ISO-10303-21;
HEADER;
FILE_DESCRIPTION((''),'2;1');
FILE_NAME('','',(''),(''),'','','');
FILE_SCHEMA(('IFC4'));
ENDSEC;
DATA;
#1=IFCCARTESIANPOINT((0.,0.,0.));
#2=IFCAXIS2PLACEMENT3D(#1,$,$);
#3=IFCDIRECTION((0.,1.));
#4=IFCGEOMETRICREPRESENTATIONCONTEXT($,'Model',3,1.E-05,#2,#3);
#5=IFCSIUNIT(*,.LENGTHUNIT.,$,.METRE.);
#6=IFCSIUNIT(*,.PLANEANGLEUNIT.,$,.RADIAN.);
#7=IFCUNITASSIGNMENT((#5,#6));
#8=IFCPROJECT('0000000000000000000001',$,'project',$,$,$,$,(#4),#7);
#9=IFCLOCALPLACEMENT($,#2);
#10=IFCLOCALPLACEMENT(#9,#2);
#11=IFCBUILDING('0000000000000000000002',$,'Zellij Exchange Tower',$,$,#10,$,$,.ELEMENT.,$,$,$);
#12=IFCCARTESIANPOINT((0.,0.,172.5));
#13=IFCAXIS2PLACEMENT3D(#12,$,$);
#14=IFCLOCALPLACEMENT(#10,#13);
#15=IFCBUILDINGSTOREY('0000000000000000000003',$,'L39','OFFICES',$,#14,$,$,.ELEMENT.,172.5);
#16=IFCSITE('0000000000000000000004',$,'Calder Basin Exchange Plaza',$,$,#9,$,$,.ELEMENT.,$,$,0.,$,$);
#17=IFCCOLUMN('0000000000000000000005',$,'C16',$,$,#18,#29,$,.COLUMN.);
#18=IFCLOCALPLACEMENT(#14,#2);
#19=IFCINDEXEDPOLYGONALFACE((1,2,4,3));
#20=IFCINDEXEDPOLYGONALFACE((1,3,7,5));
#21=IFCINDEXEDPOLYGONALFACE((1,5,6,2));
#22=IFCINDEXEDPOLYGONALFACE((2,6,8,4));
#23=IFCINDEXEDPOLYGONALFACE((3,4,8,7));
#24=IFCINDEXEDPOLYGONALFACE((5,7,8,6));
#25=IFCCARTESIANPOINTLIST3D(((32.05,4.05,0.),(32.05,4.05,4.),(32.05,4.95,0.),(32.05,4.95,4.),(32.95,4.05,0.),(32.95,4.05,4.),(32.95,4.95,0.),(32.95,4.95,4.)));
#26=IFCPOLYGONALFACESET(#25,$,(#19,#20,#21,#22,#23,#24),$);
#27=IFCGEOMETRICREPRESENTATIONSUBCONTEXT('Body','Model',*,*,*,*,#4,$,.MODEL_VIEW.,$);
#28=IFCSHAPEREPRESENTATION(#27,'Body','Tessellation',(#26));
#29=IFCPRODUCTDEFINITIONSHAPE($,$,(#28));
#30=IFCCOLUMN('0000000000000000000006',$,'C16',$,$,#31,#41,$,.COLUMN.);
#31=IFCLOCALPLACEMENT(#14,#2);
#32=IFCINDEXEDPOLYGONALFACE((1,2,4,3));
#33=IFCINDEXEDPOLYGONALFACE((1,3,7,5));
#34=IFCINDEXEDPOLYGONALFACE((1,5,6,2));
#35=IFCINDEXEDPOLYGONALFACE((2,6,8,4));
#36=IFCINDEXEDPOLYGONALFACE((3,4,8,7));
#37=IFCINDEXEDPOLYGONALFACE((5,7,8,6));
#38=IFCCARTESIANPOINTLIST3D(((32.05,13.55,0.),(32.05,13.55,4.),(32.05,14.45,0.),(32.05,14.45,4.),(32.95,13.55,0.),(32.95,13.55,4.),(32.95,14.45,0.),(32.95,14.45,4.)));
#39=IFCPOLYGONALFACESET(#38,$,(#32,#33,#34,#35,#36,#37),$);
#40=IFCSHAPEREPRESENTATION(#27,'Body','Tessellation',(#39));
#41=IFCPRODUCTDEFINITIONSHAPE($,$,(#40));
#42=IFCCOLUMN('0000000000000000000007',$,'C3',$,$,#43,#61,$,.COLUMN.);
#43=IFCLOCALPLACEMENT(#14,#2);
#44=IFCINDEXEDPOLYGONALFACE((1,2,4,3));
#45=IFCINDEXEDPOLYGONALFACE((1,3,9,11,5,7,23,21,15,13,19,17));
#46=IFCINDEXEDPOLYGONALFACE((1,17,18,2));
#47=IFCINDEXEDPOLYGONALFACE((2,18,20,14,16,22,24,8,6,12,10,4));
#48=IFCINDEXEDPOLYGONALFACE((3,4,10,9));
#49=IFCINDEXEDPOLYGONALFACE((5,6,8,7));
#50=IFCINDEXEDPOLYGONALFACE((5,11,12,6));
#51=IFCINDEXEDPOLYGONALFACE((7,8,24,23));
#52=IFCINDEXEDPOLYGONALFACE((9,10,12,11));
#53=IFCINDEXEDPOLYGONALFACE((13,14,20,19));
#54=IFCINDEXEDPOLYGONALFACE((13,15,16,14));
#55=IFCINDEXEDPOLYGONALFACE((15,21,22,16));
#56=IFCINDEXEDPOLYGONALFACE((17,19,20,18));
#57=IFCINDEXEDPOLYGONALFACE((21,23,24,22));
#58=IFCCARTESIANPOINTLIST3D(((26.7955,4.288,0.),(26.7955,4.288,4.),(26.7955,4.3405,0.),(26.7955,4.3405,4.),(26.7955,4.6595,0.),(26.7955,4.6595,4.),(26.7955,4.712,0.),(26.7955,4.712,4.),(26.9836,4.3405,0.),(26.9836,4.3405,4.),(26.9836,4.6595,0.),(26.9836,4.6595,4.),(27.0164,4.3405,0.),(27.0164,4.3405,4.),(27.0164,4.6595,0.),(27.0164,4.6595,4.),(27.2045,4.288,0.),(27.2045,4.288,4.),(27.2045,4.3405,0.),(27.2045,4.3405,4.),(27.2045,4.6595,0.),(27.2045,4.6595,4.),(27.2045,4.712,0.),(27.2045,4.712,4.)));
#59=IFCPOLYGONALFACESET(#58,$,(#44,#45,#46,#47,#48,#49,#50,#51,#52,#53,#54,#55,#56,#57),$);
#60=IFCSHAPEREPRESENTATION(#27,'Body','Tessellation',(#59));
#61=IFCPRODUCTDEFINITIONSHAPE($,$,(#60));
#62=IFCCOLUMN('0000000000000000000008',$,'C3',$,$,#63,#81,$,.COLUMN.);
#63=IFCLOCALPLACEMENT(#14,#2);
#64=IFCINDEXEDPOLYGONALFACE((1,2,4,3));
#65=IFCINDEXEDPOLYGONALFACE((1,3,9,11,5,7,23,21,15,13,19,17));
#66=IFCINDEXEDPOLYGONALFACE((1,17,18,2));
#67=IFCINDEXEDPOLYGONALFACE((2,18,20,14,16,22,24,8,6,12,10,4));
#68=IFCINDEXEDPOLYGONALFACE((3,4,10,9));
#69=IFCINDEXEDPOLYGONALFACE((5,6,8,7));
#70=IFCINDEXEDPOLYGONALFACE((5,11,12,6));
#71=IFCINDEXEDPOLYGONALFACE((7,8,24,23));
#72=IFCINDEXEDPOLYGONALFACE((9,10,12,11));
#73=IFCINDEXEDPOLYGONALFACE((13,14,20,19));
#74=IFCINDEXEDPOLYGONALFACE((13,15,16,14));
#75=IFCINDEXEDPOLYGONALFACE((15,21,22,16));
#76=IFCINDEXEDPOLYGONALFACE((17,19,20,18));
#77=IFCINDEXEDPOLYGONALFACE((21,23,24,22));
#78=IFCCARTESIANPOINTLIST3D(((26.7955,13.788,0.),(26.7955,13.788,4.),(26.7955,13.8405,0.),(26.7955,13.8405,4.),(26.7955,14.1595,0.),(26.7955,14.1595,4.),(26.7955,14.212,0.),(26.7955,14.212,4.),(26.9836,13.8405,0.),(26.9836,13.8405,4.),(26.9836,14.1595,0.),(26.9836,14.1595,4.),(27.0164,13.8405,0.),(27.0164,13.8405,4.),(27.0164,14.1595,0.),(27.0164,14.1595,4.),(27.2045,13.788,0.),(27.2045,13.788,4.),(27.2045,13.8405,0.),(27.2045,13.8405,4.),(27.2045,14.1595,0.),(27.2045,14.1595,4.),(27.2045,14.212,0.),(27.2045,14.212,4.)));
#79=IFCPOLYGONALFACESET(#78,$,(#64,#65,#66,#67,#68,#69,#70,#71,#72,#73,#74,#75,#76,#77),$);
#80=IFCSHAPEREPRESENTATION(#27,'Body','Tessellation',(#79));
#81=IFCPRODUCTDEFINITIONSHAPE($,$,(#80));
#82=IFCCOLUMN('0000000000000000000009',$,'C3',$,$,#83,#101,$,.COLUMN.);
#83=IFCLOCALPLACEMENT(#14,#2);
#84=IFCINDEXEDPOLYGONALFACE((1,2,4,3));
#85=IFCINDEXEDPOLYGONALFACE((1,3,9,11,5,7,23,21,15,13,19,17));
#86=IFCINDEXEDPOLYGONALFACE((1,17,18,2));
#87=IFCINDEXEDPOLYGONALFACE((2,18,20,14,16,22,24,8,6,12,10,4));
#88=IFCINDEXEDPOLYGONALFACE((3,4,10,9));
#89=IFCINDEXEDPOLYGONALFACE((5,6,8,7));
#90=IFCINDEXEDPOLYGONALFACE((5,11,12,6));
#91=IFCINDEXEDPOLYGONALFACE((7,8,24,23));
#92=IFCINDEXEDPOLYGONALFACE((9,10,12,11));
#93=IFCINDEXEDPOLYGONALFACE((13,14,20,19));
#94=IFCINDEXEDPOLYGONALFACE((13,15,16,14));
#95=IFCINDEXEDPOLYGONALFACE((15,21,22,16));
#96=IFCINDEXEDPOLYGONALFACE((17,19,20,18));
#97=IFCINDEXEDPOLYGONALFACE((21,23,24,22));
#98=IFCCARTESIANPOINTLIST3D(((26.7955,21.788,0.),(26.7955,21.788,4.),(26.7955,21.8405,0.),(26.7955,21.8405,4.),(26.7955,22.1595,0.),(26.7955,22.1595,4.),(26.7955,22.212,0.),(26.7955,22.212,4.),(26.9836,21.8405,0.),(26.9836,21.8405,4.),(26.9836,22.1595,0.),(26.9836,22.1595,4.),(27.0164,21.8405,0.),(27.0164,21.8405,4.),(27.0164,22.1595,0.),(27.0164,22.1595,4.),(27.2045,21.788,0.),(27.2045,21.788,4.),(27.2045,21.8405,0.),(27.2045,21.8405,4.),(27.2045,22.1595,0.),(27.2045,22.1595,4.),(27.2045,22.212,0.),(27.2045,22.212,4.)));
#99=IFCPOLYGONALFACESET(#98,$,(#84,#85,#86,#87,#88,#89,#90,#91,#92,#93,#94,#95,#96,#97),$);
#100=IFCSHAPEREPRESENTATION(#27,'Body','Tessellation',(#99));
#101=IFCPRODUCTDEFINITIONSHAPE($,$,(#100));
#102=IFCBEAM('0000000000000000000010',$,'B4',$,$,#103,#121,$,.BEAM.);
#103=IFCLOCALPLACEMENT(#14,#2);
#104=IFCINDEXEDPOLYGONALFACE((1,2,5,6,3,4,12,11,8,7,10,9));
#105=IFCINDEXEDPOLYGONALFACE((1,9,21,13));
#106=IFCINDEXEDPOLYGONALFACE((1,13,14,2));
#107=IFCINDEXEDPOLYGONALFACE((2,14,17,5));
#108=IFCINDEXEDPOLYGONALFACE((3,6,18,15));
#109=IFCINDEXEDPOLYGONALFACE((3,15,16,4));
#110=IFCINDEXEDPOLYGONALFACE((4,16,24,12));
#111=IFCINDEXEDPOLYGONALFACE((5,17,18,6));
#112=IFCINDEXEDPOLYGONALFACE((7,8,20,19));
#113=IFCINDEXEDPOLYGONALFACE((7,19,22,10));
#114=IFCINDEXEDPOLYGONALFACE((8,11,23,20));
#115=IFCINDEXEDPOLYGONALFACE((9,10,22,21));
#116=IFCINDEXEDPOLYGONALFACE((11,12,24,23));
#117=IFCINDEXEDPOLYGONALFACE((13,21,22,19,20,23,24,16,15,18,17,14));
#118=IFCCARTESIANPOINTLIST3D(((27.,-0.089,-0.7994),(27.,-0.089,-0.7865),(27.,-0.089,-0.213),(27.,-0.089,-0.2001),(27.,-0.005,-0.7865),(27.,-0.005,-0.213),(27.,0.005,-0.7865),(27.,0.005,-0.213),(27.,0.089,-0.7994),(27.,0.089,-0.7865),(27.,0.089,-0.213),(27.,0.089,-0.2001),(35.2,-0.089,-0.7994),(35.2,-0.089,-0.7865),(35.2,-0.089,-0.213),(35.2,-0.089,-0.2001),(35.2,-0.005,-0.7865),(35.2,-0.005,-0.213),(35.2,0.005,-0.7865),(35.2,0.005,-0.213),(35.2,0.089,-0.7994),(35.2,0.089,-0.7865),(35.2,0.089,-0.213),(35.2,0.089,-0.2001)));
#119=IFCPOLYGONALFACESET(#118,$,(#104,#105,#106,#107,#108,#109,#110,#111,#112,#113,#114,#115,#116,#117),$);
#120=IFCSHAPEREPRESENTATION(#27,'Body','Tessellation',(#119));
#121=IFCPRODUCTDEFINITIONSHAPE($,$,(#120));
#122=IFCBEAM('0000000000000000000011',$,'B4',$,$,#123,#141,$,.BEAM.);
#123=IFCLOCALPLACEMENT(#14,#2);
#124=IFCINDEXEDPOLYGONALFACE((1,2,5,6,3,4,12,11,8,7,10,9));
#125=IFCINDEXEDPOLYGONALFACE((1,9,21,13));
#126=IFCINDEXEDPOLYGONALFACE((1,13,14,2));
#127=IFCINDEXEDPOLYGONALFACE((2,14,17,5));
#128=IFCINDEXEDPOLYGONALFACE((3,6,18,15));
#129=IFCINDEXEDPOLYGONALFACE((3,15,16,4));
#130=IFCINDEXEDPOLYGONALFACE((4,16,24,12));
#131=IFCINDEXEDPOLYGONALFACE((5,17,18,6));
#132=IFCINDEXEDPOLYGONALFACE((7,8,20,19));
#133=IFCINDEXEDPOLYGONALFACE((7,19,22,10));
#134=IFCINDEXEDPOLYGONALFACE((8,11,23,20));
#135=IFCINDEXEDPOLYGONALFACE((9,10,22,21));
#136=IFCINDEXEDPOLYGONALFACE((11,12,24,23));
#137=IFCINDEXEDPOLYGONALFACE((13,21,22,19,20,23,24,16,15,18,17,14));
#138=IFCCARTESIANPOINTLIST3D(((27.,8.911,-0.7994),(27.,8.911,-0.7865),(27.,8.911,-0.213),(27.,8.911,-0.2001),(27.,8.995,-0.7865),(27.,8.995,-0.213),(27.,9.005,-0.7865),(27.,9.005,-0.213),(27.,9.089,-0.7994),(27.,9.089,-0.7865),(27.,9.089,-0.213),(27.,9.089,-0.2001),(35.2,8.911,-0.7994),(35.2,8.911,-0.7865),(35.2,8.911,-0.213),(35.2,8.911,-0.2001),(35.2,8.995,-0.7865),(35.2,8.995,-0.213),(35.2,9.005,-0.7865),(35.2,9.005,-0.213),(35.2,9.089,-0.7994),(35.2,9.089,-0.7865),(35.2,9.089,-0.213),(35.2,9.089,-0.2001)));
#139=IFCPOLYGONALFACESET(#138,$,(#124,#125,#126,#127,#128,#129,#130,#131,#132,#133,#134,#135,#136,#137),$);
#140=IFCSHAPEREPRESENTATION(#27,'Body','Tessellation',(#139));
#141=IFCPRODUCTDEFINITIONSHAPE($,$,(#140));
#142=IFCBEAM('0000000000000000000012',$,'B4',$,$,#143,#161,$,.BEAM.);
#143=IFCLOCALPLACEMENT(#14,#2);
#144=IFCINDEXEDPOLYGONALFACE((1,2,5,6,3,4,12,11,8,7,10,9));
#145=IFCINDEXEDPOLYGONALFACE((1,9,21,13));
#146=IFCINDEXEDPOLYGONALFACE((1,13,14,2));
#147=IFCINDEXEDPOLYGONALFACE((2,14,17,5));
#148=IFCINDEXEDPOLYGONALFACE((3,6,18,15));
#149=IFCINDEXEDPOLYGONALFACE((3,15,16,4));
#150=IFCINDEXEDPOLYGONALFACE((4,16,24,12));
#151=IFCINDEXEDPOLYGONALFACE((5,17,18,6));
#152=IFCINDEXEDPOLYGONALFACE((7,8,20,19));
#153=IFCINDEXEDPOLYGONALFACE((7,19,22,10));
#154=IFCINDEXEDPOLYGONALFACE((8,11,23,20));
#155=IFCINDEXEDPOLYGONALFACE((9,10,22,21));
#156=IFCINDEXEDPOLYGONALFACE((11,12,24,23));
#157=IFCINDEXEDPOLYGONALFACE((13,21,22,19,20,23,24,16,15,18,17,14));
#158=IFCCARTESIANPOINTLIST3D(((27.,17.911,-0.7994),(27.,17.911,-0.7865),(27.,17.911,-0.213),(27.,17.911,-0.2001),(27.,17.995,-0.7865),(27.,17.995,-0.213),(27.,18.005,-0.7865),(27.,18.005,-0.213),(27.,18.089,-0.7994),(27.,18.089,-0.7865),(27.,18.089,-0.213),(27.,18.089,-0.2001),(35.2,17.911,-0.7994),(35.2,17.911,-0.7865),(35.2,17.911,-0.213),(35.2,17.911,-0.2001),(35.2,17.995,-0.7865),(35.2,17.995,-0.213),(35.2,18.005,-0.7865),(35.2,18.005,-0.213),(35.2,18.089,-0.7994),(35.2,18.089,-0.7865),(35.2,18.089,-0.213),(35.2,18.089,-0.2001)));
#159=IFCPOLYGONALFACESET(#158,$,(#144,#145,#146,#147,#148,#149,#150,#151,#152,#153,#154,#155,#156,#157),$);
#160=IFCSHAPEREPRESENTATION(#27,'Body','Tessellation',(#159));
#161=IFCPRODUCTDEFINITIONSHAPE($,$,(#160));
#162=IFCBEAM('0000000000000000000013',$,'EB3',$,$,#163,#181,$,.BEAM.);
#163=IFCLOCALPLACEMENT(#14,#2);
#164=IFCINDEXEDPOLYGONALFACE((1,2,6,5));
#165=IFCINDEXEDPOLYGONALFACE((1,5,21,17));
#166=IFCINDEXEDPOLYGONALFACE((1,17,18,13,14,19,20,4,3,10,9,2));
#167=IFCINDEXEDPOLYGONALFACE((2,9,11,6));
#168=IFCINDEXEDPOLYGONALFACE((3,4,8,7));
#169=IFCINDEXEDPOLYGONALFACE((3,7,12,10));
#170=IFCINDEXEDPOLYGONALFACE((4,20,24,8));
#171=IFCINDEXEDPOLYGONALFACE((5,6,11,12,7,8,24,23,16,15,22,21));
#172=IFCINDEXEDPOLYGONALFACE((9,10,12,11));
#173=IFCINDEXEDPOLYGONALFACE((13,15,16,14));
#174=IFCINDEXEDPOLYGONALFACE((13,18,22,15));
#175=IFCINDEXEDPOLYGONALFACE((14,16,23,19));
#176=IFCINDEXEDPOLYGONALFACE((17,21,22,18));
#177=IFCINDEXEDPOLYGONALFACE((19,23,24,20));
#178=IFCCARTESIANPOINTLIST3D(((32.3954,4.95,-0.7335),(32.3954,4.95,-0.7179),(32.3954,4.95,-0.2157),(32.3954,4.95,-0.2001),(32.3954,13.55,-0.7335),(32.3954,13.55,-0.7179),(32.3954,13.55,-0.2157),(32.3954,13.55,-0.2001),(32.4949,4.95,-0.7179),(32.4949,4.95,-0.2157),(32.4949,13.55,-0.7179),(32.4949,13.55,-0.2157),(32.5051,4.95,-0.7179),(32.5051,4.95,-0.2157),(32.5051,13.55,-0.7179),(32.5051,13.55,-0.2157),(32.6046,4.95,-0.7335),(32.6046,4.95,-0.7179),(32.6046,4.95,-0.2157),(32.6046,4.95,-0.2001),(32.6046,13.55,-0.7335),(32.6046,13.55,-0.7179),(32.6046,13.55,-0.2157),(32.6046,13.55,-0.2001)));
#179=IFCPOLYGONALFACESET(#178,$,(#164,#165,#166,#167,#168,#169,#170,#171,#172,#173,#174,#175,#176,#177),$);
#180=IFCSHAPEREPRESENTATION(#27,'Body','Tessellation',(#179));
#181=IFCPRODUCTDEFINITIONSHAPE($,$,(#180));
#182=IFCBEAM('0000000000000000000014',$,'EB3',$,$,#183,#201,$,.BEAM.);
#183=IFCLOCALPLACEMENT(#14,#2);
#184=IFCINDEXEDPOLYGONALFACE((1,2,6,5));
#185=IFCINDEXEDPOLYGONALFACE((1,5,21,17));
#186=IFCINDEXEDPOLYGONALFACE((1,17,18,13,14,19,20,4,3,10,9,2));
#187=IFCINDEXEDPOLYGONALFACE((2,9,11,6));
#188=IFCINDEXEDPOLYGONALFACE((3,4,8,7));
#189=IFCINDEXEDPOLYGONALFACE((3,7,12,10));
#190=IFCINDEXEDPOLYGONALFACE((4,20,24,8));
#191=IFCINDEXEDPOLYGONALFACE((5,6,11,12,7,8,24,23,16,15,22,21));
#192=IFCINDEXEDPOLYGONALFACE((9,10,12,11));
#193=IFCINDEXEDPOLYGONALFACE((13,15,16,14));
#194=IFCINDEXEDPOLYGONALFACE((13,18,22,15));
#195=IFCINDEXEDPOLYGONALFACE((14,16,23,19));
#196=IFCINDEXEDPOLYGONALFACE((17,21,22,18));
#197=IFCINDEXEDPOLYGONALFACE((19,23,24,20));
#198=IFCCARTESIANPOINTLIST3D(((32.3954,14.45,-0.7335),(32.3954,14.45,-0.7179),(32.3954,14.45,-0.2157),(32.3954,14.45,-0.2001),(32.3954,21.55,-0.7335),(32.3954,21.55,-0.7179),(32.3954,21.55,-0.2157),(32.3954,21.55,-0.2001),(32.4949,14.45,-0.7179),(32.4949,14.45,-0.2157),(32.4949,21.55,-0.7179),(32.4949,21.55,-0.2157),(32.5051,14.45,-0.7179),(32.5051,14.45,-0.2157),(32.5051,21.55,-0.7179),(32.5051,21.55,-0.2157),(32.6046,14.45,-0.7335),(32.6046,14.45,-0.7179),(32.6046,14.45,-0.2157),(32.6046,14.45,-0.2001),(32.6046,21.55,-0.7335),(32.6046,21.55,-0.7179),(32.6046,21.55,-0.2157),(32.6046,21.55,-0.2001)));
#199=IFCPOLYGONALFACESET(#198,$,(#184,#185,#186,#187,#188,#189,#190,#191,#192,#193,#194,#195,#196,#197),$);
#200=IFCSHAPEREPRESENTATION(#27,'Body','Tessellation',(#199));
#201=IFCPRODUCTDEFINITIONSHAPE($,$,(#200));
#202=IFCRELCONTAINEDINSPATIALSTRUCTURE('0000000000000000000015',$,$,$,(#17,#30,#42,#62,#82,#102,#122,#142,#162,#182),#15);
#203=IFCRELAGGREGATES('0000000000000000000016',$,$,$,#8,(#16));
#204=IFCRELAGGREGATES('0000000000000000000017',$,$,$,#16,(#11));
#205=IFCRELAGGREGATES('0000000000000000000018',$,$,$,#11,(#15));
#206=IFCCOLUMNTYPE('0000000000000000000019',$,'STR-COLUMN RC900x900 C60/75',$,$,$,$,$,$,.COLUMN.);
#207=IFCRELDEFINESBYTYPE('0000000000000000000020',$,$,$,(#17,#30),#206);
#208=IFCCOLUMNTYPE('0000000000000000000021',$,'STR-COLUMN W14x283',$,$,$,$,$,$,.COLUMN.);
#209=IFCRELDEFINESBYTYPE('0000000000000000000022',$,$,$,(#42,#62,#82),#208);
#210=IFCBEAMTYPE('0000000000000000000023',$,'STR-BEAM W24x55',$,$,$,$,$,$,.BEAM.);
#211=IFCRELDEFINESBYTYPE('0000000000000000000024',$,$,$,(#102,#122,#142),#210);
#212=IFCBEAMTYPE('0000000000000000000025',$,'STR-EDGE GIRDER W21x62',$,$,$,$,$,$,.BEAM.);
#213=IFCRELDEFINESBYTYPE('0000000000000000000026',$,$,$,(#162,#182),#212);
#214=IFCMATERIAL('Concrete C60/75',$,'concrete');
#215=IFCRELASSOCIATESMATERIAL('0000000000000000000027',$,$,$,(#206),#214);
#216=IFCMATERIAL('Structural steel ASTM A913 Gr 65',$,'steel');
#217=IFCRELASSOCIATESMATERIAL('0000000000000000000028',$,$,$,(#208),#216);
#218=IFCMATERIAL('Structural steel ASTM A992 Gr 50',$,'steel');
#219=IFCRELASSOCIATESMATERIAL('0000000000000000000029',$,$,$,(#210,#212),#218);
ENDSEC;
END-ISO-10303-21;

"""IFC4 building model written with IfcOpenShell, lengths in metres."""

from ifc_helpers import new_model, si_unit, direction, frame, origin, origin_2d, place, context, subcontext, project, spatial, rectangle, i_section, extrude, material, material_profile, profile_set, type_object, element, save


model = new_model("IFC4")

# Units and contexts
model_context = context("Model", 3, precision=1e-05, world=origin(), true_north=direction((0.0, 1.0)))
body_context = subcontext(model_context, "Body", "Model", "MODEL_VIEW")
ifc_project = project(units=[si_unit("LENGTHUNIT", "METRE"), si_unit("PLANEANGLEUNIT", "RADIAN")], contexts=[model_context])

# Site, building, storey
site_placement = place(None, origin())
site = spatial("IfcSite", under=ifc_project, at=site_placement, Name="Calder Basin Exchange Plaza", CompositionType="ELEMENT", RefElevation=0.0)
building_placement = place(site_placement, origin())
building = spatial("IfcBuilding", under=site, at=building_placement, Name="Zellij Exchange Tower", CompositionType="ELEMENT")
storey_placement = place(building_placement, frame((0.0, 0.0, 172.5)))
storey = spatial("IfcBuildingStorey", under=building, at=storey_placement, Name="L39", Description="OFFICES", CompositionType="ELEMENT", Elevation=172.5)

# Columns
ifc_material_1 = material(Name="Concrete C60/75", Category="concrete")
ifc_material_profile_1 = material_profile(ifc_material_1, rectangle(XDim=0.8999, YDim=0.8999, at=origin_2d()), Name="STR-COLUMN RC900x900 C60/75")
ifc_profile_set_1 = profile_set([ifc_material_profile_1], Name="Concrete C60/75")
column_type_1 = type_object("IfcColumnType", Name="STR-COLUMN RC900x900 C60/75", PredefinedType="COLUMN", material=ifc_profile_set_1)
for number, where, z_axis, x_axis, name in (
    (1, (32.5, 4.5, 0.0), (0.0, 0.0, 1.0), (1.0, 0.0, 0.0), "C16"),
    (2, (32.5, 14.0, 0.0), (0.0, 0.0, 1.0), (1.0, 0.0, 0.0), "C16"),
):
    element("IfcColumn", number, at=place(storey_placement, frame(where, z_axis=z_axis, x_axis=x_axis)), inside=storey, type_object=column_type_1, Name=name, PredefinedType="COLUMN", context=body_context, shape_type="SweptSolid", body=[
        extrude(rectangle(XDim=0.8999, YDim=0.8999, at=origin_2d()), origin(), (0.0, 0.0, 1.0), 4.0),
    ])
ifc_material_2 = material(Name="Structural steel ASTM A913 Gr 65", Category="steel")
ifc_material_profile_2 = material_profile(ifc_material_2, i_section(OverallWidth=0.4089, OverallDepth=0.4241, WebThickness=0.0327, FlangeThickness=0.0525, at=origin_2d()), Name="W14x283")
ifc_profile_set_2 = profile_set([ifc_material_profile_2], Name="Structural steel ASTM A913 Gr 65")
column_type_2 = type_object("IfcColumnType", Name="STR-COLUMN W14x283", PredefinedType="COLUMN", material=ifc_profile_set_2)
for number, where, z_axis, x_axis, name in (
    (3, (27.0, 4.5, 0.0), (0.0, 0.0, 1.0), (1.0, 0.0, 0.0), "C3"),
    (4, (27.0, 14.0, 0.0), (0.0, 0.0, 1.0), (1.0, 0.0, 0.0), "C3"),
    (5, (27.0, 22.0, 0.0), (0.0, 0.0, 1.0), (1.0, 0.0, 0.0), "C3"),
):
    element("IfcColumn", number, at=place(storey_placement, frame(where, z_axis=z_axis, x_axis=x_axis)), inside=storey, type_object=column_type_2, Name=name, PredefinedType="COLUMN", context=body_context, shape_type="SweptSolid", body=[
        extrude(i_section(OverallWidth=0.4089, OverallDepth=0.4241, WebThickness=0.0327, FlangeThickness=0.0525, at=origin_2d()), origin(), (0.0, 0.0, 1.0), 4.0),
    ])

# Beams
ifc_material_3 = material(Name="Structural steel ASTM A992 Gr 50", Category="steel")
ifc_material_profile_3 = material_profile(ifc_material_3, i_section(OverallWidth=0.178, OverallDepth=0.5994, WebThickness=0.01, FlangeThickness=0.0129, at=origin_2d()), Name="W24x55")
ifc_profile_set_3 = profile_set([ifc_material_profile_3], Name="Structural steel ASTM A992 Gr 50")
beam_type_1 = type_object("IfcBeamType", Name="STR-BEAM W24x55", PredefinedType="BEAM", material=ifc_profile_set_3)
for number, where, z_axis, x_axis, name in (
    (6, (27.0, 0.0, -0.4998), (1.0, 0.0, 0.0), (0.0, 1.0, 0.0), "B4"),
    (7, (27.0, 9.0, -0.4998), (1.0, 0.0, 0.0), (0.0, 1.0, 0.0), "B4"),
    (8, (27.0, 18.0, -0.4998), (1.0, 0.0, 0.0), (0.0, 1.0, 0.0), "B4"),
):
    element("IfcBeam", number, at=place(storey_placement, frame(where, z_axis=z_axis, x_axis=x_axis)), inside=storey, type_object=beam_type_1, Name=name, PredefinedType="BEAM", context=body_context, shape_type="SweptSolid", body=[
        extrude(i_section(OverallWidth=0.178, OverallDepth=0.5994, WebThickness=0.01, FlangeThickness=0.0129, at=origin_2d()), origin(), (0.0, 0.0, 1.0), 8.2),
    ])
ifc_material_profile_4 = material_profile(ifc_material_3, i_section(OverallWidth=0.2092, OverallDepth=0.5334, WebThickness=0.0103, FlangeThickness=0.0156, at=origin_2d()), Name="W21x62")
ifc_profile_set_4 = profile_set([ifc_material_profile_4], Name="Structural steel ASTM A992 Gr 50")
beam_type_2 = type_object("IfcBeamType", Name="STR-EDGE GIRDER W21x62", PredefinedType="BEAM", material=ifc_profile_set_4)
beam_1_placement = place(storey_placement, frame((32.5, 4.95, -0.4668), z_axis=(0.0, 1.0, 0.0), x_axis=(-1.0, 0.0, 0.0)))
element("IfcBeam", 9, at=beam_1_placement, inside=storey, type_object=beam_type_2, Name="EB3", PredefinedType="BEAM", context=body_context, shape_type="SweptSolid", body=[
    extrude(i_section(OverallWidth=0.2092, OverallDepth=0.5334, WebThickness=0.0103, FlangeThickness=0.0156, at=origin_2d()), origin(), (0.0, 0.0, 1.0), 8.6001),
])
beam_2_placement = place(storey_placement, frame((32.5, 14.45, -0.4668), z_axis=(0.0, 1.0, 0.0), x_axis=(-1.0, 0.0, 0.0)))
element("IfcBeam", 10, at=beam_2_placement, inside=storey, type_object=beam_type_2, Name="EB3", PredefinedType="BEAM", context=body_context, shape_type="SweptSolid", body=[
    extrude(i_section(OverallWidth=0.2092, OverallDepth=0.5334, WebThickness=0.0103, FlangeThickness=0.0156, at=origin_2d()), origin(), (0.0, 0.0, 1.0), 7.1001),
])

save(model, "model.ifc")
